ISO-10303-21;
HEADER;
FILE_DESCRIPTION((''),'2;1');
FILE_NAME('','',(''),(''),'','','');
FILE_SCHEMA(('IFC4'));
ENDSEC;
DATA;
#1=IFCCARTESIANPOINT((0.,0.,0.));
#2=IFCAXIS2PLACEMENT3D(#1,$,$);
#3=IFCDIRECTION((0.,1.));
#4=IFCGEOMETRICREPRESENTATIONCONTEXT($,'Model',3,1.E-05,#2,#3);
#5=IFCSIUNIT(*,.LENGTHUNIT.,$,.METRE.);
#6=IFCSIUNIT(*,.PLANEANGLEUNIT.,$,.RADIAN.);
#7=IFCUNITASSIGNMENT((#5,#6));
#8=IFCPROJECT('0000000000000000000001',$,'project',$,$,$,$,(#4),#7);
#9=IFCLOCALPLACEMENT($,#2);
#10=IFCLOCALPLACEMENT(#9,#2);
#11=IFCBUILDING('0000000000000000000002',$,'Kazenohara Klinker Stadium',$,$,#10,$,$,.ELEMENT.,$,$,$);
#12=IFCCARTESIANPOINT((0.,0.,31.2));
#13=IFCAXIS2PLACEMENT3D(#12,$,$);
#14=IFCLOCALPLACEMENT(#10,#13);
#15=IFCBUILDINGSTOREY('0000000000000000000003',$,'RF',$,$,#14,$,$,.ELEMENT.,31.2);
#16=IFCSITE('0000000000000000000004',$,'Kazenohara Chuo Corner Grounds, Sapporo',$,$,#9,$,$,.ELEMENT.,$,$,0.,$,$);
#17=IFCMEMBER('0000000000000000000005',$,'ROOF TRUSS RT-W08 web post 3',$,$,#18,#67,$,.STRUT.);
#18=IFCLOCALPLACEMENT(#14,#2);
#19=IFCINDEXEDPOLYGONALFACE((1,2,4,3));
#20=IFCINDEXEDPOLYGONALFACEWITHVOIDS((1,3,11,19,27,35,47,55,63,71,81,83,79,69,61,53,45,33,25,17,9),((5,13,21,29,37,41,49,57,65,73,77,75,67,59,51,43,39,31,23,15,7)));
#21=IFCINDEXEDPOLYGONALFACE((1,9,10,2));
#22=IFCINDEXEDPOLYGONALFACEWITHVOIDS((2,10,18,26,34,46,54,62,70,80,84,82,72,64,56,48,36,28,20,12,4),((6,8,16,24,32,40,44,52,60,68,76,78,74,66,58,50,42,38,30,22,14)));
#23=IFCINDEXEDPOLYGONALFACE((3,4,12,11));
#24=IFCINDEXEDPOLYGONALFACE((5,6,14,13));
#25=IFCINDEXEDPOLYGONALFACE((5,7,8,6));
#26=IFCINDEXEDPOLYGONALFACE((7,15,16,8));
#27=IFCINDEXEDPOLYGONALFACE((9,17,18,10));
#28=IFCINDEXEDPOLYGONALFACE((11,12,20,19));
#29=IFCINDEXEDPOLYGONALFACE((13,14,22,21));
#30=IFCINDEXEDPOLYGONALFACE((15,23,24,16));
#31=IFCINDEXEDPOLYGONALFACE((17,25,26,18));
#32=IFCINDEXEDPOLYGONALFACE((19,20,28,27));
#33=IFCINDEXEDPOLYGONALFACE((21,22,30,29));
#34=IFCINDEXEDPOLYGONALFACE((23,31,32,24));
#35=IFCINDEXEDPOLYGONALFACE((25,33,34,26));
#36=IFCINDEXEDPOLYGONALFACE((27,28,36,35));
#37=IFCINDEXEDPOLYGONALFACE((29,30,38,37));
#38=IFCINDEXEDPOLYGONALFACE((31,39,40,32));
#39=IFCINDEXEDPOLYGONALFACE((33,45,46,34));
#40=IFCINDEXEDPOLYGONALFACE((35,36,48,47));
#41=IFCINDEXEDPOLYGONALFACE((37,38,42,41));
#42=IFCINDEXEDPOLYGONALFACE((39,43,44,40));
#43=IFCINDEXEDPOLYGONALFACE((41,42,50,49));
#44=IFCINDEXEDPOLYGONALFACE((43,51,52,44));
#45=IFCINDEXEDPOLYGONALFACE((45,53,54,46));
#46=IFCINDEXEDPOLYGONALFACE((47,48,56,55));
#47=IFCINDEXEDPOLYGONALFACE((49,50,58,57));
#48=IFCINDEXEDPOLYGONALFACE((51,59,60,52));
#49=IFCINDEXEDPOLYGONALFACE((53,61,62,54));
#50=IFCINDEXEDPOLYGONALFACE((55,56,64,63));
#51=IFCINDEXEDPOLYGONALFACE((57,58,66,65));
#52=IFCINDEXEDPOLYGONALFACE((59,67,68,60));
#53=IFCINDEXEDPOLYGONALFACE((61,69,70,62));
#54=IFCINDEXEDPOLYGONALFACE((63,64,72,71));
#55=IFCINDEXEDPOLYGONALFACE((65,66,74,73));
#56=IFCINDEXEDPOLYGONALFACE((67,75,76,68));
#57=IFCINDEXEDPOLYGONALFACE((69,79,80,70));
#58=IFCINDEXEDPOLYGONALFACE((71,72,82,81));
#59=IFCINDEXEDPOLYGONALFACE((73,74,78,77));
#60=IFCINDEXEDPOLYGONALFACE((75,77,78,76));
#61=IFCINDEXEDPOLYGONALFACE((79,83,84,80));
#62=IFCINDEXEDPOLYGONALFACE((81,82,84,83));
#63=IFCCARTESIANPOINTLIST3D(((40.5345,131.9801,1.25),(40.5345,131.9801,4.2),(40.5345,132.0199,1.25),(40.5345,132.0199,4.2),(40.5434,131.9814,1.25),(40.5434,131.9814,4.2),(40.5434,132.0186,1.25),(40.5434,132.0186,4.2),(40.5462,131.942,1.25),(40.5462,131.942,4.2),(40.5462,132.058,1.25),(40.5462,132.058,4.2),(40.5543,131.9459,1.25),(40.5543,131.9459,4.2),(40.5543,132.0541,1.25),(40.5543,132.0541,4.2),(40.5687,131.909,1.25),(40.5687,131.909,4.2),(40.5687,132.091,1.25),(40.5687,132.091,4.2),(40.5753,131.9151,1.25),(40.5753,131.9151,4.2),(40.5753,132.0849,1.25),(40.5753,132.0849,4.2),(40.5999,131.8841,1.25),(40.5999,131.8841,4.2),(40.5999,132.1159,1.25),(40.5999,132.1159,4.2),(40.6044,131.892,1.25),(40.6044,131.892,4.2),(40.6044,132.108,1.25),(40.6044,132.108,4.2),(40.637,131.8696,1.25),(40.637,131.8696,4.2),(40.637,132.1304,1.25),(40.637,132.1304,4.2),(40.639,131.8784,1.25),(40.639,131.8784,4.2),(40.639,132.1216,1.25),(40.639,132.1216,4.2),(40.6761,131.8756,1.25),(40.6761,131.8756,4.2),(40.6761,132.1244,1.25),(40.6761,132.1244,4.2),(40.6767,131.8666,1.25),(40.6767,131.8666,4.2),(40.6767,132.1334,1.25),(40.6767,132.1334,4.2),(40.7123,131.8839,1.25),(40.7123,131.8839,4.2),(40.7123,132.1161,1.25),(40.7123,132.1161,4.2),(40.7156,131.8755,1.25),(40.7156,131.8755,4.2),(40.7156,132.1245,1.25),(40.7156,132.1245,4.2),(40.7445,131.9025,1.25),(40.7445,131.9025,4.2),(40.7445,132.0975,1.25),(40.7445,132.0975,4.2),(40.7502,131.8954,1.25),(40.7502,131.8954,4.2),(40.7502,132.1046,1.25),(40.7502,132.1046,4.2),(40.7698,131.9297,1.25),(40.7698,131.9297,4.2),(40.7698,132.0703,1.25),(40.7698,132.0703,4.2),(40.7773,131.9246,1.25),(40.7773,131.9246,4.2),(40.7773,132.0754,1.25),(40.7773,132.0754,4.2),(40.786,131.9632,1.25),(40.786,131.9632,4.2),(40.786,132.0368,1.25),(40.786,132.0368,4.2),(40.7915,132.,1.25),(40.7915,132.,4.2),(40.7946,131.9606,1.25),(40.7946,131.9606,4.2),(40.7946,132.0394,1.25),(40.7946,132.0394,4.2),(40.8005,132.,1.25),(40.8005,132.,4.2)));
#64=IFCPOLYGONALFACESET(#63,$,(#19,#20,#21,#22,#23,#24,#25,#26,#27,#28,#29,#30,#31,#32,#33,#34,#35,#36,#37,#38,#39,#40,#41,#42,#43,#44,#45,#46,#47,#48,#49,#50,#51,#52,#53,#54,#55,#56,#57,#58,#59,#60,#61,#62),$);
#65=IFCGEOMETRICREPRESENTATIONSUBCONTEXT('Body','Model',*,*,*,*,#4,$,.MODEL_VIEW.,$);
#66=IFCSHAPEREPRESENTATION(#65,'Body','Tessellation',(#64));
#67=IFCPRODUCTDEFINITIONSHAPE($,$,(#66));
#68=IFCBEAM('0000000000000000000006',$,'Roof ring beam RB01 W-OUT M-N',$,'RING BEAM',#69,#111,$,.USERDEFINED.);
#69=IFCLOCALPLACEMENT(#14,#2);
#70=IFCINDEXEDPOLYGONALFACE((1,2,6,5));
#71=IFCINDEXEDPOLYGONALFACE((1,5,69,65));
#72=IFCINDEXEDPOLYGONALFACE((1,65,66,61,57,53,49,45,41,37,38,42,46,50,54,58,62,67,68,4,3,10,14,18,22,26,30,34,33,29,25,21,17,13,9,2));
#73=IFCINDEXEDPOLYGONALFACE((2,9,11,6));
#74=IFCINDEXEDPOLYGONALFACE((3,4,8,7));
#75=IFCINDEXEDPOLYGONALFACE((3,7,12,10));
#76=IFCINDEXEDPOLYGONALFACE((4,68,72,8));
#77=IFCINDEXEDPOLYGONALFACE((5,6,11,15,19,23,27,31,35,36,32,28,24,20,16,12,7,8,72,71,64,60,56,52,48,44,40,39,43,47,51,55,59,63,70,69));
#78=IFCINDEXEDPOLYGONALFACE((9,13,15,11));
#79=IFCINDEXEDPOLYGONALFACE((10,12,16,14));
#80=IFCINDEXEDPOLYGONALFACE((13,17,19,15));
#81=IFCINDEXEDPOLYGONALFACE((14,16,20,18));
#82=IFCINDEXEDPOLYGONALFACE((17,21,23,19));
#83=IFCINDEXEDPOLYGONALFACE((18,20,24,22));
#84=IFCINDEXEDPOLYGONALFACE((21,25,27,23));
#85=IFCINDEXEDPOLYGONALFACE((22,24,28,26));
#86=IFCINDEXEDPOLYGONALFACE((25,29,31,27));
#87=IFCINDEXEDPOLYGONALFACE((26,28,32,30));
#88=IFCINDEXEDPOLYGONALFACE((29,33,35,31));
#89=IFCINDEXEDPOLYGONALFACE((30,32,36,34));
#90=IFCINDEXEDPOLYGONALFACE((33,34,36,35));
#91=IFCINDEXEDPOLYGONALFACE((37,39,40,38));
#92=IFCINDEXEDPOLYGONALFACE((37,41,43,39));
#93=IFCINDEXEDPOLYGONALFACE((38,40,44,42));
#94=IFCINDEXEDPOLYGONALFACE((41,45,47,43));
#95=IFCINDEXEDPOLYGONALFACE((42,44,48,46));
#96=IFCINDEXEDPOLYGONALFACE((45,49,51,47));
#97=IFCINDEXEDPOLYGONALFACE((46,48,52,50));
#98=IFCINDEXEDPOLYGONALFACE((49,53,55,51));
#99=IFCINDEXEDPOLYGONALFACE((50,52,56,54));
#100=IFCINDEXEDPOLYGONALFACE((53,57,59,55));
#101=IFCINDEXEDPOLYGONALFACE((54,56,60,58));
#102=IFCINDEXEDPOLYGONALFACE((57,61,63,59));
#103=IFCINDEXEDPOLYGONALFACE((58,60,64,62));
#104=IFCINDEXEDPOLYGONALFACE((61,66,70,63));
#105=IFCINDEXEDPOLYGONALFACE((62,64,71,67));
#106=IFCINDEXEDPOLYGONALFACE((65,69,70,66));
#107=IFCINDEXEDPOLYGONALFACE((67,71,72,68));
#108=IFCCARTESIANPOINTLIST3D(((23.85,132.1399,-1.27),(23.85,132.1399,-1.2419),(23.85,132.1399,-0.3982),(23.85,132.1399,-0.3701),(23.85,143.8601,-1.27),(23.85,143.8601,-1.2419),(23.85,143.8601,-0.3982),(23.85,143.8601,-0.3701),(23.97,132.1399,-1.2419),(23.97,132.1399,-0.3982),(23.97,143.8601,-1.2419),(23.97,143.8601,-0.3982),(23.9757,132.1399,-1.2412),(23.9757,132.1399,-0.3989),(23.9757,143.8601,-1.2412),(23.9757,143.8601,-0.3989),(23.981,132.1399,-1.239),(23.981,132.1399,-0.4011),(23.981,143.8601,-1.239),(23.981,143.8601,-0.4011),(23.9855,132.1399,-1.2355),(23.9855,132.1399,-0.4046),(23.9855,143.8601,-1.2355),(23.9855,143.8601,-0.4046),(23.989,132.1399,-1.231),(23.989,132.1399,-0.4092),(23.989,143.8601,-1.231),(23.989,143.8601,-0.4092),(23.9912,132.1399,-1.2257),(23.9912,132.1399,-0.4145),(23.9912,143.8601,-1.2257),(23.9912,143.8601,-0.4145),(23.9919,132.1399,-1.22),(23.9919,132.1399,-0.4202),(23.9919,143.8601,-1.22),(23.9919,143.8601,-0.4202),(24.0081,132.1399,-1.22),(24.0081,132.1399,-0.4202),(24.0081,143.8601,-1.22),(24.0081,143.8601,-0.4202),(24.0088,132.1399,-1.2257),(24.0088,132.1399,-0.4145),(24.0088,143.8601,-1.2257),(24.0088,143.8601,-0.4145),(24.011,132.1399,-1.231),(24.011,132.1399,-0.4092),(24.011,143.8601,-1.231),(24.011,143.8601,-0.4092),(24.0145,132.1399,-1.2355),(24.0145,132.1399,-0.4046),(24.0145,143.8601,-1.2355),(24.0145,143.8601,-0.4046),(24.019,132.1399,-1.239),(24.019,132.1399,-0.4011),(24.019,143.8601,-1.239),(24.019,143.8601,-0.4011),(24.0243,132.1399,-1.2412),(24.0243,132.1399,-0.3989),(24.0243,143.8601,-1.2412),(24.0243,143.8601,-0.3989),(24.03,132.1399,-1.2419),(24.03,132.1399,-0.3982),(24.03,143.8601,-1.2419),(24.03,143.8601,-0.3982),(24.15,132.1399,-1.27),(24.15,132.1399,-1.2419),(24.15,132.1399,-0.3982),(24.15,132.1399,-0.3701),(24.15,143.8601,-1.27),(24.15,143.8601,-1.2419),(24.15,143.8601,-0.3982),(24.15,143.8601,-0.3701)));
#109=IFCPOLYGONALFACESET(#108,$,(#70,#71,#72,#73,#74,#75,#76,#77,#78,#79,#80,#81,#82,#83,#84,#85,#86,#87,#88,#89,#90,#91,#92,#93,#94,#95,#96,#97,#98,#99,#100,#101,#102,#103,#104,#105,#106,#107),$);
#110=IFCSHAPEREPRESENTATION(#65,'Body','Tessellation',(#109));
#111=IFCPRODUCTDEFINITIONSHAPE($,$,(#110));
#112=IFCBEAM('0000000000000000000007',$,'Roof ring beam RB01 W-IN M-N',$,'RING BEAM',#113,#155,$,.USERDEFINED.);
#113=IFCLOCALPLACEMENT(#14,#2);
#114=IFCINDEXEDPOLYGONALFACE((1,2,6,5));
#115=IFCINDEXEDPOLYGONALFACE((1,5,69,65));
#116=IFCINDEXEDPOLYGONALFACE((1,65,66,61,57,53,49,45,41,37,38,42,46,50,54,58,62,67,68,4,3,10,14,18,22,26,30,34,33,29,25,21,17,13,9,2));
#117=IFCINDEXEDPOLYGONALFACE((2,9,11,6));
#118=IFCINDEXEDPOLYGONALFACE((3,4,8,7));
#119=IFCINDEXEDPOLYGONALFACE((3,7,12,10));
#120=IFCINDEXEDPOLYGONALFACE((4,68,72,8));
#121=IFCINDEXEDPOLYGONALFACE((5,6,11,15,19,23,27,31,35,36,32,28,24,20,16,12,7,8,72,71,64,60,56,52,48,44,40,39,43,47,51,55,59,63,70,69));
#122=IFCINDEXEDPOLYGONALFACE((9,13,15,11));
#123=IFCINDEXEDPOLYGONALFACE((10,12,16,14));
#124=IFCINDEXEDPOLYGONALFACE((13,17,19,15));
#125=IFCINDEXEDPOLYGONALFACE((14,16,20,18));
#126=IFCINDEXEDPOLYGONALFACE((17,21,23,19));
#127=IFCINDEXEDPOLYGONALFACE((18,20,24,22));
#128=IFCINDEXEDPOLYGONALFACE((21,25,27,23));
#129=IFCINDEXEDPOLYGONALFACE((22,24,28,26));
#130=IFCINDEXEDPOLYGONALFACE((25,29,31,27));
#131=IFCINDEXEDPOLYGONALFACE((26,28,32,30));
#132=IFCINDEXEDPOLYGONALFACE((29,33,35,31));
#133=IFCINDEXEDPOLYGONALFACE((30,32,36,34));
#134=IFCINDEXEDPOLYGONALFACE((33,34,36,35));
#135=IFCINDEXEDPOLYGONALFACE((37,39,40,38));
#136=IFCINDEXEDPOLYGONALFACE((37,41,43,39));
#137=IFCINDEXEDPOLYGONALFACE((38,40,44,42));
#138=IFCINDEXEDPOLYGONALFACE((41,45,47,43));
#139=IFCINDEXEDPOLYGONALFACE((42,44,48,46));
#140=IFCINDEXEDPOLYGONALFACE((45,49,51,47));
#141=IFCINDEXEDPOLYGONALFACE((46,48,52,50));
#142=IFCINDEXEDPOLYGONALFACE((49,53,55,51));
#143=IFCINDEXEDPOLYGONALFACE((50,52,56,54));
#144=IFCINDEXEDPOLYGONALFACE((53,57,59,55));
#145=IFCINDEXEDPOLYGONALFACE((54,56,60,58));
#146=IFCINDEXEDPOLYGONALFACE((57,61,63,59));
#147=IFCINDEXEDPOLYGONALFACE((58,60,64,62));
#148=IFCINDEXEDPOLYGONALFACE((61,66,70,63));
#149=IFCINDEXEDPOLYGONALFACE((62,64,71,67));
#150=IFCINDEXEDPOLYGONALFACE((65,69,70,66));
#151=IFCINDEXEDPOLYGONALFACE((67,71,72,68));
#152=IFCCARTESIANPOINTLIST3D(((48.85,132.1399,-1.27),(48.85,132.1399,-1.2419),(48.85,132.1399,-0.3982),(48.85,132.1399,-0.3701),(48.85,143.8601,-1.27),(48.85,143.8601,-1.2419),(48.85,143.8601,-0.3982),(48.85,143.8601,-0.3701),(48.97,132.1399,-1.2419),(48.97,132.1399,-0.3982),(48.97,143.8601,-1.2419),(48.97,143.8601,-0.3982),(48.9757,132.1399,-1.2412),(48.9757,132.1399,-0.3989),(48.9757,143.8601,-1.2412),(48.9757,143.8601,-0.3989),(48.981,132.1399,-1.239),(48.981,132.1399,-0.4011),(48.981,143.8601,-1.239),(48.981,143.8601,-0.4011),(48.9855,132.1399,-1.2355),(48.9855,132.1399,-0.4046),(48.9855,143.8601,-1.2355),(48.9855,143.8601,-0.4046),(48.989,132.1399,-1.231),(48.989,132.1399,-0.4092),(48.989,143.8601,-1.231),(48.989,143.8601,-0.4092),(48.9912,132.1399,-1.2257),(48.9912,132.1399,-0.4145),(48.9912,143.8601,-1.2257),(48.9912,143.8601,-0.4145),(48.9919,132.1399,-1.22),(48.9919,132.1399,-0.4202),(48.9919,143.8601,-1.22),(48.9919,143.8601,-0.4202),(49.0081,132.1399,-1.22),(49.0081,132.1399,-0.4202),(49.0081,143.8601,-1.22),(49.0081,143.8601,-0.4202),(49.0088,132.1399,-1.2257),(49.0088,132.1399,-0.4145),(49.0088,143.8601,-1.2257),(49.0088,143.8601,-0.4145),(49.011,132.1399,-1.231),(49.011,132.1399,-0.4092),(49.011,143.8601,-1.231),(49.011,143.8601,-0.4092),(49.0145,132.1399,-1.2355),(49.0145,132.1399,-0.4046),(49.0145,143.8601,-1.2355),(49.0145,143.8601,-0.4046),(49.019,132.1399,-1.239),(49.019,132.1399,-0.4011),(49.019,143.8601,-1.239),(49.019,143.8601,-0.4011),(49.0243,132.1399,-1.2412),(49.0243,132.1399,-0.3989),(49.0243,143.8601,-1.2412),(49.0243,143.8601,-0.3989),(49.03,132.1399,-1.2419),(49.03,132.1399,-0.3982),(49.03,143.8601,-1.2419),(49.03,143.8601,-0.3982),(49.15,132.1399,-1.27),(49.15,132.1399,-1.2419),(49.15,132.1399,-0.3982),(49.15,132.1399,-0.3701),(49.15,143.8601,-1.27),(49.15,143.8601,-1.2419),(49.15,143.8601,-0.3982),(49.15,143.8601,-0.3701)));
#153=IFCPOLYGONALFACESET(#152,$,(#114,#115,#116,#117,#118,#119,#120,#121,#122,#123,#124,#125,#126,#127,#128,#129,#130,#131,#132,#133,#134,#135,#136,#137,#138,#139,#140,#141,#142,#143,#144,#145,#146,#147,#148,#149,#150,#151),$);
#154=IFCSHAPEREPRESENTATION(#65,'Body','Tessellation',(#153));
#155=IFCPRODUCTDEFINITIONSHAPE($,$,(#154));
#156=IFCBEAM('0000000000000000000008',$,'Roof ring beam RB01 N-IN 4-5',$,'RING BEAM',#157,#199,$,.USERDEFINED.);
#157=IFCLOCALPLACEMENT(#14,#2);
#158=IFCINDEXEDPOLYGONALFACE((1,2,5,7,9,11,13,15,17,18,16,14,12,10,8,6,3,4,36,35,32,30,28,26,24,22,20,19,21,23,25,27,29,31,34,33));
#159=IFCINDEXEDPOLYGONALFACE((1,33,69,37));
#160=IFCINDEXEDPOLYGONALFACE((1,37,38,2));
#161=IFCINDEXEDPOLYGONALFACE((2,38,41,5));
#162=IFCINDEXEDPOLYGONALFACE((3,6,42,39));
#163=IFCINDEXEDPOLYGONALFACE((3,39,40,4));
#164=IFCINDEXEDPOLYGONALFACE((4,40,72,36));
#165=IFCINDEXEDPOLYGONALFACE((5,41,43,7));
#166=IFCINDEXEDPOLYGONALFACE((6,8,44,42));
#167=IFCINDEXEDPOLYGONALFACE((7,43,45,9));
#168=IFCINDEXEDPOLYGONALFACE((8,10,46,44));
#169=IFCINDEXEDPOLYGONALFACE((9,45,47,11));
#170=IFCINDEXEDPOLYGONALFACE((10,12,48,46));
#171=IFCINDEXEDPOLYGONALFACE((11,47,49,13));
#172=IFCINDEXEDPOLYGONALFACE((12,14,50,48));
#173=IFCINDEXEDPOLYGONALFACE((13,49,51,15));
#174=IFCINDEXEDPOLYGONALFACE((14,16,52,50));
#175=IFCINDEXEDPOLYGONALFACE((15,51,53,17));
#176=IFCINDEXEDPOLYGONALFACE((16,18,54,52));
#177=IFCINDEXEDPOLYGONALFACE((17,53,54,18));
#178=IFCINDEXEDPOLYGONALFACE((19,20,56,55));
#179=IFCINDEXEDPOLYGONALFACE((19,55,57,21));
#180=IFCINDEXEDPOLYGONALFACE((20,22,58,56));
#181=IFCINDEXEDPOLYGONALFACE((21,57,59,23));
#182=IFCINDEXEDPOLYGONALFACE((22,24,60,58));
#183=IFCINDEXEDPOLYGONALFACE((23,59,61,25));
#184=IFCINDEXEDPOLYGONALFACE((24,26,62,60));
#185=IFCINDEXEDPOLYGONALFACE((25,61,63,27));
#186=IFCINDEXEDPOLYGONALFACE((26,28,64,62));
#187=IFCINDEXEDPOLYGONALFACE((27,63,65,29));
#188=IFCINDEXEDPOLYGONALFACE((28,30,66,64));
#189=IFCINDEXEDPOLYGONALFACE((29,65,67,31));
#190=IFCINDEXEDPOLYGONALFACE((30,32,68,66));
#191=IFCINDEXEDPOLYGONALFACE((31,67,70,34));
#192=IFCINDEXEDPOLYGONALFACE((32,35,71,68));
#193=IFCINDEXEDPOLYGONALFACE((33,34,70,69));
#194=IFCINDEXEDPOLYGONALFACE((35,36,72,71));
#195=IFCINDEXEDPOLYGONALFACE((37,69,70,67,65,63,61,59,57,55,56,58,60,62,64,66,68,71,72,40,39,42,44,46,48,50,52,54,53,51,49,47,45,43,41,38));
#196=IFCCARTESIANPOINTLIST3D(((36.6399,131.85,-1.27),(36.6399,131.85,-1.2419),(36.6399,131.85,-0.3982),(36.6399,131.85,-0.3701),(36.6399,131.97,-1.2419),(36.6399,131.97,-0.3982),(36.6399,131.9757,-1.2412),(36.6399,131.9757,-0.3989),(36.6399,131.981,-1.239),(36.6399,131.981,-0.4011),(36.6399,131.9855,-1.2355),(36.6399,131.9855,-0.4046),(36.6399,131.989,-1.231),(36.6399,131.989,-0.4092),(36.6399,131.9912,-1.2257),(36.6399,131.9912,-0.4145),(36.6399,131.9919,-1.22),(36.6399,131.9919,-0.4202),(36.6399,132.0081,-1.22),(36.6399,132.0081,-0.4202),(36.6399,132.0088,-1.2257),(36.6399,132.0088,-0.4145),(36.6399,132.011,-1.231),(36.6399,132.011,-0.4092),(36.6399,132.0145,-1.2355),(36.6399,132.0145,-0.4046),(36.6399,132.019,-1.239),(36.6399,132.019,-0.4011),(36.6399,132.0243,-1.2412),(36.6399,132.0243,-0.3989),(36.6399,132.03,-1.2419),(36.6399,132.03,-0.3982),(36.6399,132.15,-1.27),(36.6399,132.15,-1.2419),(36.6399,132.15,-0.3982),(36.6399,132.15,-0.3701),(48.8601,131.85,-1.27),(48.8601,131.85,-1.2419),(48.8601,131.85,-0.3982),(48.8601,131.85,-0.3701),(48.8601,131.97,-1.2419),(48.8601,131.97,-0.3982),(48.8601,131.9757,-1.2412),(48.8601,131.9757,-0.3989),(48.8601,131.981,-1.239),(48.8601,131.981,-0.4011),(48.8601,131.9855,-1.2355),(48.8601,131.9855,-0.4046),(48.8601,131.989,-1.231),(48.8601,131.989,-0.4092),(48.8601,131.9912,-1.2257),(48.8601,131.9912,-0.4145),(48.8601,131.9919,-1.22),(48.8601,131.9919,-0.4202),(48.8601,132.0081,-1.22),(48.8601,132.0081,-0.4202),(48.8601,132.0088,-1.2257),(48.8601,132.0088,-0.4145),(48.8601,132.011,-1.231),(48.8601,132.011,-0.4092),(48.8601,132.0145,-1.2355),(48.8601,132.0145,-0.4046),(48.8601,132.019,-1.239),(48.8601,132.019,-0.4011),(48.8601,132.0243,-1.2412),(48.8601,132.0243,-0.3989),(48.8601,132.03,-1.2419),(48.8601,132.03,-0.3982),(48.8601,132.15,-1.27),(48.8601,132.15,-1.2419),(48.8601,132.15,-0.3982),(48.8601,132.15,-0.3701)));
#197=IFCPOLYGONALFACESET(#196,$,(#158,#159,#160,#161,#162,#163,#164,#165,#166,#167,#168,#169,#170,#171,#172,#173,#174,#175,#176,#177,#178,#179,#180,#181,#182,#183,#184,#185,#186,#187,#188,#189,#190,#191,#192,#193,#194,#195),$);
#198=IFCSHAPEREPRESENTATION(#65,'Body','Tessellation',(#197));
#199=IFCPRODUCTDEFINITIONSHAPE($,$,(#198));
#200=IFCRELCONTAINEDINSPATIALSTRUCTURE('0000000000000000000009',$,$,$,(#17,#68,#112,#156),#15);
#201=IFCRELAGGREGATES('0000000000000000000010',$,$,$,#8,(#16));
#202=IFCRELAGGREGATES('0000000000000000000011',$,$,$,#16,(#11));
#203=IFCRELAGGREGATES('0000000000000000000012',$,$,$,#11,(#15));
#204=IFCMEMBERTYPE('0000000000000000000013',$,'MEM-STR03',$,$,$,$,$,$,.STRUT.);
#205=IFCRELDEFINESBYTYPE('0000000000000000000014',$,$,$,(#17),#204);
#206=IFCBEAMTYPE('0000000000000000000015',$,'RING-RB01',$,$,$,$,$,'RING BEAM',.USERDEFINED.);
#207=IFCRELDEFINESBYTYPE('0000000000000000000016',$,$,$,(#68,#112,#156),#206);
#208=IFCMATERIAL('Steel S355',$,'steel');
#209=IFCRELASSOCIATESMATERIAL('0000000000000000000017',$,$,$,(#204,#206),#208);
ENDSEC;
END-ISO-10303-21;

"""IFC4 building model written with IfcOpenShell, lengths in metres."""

from ifc_helpers import new_model, si_unit, direction, frame, origin, origin_2d, place, context, subcontext, project, spatial, hollow_circle, i_section, extrude, material, material_profile, profile_set, type_object, element, save


model = new_model("IFC4")

# Units and contexts
model_context = context("Model", 3, precision=1e-05, world=origin(), true_north=direction((0.0, 1.0)))
body_context = subcontext(model_context, "Body", "Model", "MODEL_VIEW")
ifc_project = project(units=[si_unit("LENGTHUNIT", "METRE"), si_unit("PLANEANGLEUNIT", "RADIAN")], contexts=[model_context])

# Site, building, storey
site_placement = place(None, origin())
site = spatial("IfcSite", under=ifc_project, at=site_placement, Name="Kazenohara Chuo Corner Grounds, Sapporo", CompositionType="ELEMENT", RefElevation=0.0)
building_placement = place(site_placement, origin())
building = spatial("IfcBuilding", under=site, at=building_placement, Name="Kazenohara Klinker Stadium", CompositionType="ELEMENT")
storey_placement = place(building_placement, frame((0.0, 0.0, 31.2)))
storey = spatial("IfcBuildingStorey", under=building, at=storey_placement, Name="RF", CompositionType="ELEMENT", Elevation=31.2)

# Member
ifc_material_1 = material(Name="Steel S355", Category="steel")
ifc_material_profile_1 = material_profile(ifc_material_1, hollow_circle(Radius=0.1338, WallThickness=0.009, at=origin_2d()), Name="CHS-267.4x9")
ifc_profile_set_1 = profile_set([ifc_material_profile_1], Name="Steel S355")
member_type_1 = type_object("IfcMemberType", Name="MEM-STR03", PredefinedType="STRUT", material=ifc_profile_set_1)
member_1_placement = place(storey_placement, frame((40.6667, 132.0, 1.25), z_axis=(0.0, 0.0, 1.0), x_axis=(1.0, 0.0, 0.0)))
element("IfcMember", 1, at=member_1_placement, inside=storey, type_object=member_type_1, Name="ROOF TRUSS RT-W08 web post 3", PredefinedType="STRUT", context=body_context, shape_type="SweptSolid", body=[
    extrude(hollow_circle(Radius=0.1338, WallThickness=0.009, at=origin_2d()), origin(), (0.0, 0.0, 1.0), 2.95),
])

# Beams
ifc_material_profile_2 = material_profile(ifc_material_1, i_section(OverallWidth=0.3, OverallDepth=0.8999, WebThickness=0.0161, FlangeThickness=0.0281, FilletRadius=0.022, at=origin_2d()), Name="H-900x300x16x28")
ifc_profile_set_2 = profile_set([ifc_material_profile_2], Name="Steel S355")
beam_type = type_object("IfcBeamType", Name="RING-RB01", ElementType="RING BEAM", PredefinedType="USERDEFINED", material=ifc_profile_set_2)
for number, where, z_axis, x_axis, name in (
    (2, (24.0, 132.1399, -0.8201), (0.0, 1.0, 0.0), (-1.0, 0.0, 0.0), "Roof ring beam RB01 W-OUT M-N"),
    (3, (49.0, 132.1399, -0.8201), (0.0, 1.0, 0.0), (-1.0, 0.0, 0.0), "Roof ring beam RB01 W-IN M-N"),
):
    element("IfcBeam", number, at=place(storey_placement, frame(where, z_axis=z_axis, x_axis=x_axis)), inside=storey, type_object=beam_type, Name=name, ObjectType="RING BEAM", PredefinedType="USERDEFINED", context=body_context, shape_type="SweptSolid", body=[
        extrude(i_section(OverallWidth=0.3, OverallDepth=0.8999, WebThickness=0.0161, FlangeThickness=0.0281, FilletRadius=0.022, at=origin_2d()), origin(), (0.0, 0.0, 1.0), 11.7202),
    ])
for number, where, z_axis, x_axis, name in (
    (4, (36.6399, 132.0, -0.8201), (1.0, 0.0, 0.0), (0.0, 1.0, 0.0), "Roof ring beam RB01 N-IN 4-5"),
):
    element("IfcBeam", number, at=place(storey_placement, frame(where, z_axis=z_axis, x_axis=x_axis)), inside=storey, type_object=beam_type, Name=name, ObjectType="RING BEAM", PredefinedType="USERDEFINED", context=body_context, shape_type="SweptSolid", body=[
        extrude(i_section(OverallWidth=0.3, OverallDepth=0.8999, WebThickness=0.0161, FlangeThickness=0.0281, FilletRadius=0.022, at=origin_2d()), origin(), (0.0, 0.0, 1.0), 12.2202),
    ])

save(model, "model.ifc")
